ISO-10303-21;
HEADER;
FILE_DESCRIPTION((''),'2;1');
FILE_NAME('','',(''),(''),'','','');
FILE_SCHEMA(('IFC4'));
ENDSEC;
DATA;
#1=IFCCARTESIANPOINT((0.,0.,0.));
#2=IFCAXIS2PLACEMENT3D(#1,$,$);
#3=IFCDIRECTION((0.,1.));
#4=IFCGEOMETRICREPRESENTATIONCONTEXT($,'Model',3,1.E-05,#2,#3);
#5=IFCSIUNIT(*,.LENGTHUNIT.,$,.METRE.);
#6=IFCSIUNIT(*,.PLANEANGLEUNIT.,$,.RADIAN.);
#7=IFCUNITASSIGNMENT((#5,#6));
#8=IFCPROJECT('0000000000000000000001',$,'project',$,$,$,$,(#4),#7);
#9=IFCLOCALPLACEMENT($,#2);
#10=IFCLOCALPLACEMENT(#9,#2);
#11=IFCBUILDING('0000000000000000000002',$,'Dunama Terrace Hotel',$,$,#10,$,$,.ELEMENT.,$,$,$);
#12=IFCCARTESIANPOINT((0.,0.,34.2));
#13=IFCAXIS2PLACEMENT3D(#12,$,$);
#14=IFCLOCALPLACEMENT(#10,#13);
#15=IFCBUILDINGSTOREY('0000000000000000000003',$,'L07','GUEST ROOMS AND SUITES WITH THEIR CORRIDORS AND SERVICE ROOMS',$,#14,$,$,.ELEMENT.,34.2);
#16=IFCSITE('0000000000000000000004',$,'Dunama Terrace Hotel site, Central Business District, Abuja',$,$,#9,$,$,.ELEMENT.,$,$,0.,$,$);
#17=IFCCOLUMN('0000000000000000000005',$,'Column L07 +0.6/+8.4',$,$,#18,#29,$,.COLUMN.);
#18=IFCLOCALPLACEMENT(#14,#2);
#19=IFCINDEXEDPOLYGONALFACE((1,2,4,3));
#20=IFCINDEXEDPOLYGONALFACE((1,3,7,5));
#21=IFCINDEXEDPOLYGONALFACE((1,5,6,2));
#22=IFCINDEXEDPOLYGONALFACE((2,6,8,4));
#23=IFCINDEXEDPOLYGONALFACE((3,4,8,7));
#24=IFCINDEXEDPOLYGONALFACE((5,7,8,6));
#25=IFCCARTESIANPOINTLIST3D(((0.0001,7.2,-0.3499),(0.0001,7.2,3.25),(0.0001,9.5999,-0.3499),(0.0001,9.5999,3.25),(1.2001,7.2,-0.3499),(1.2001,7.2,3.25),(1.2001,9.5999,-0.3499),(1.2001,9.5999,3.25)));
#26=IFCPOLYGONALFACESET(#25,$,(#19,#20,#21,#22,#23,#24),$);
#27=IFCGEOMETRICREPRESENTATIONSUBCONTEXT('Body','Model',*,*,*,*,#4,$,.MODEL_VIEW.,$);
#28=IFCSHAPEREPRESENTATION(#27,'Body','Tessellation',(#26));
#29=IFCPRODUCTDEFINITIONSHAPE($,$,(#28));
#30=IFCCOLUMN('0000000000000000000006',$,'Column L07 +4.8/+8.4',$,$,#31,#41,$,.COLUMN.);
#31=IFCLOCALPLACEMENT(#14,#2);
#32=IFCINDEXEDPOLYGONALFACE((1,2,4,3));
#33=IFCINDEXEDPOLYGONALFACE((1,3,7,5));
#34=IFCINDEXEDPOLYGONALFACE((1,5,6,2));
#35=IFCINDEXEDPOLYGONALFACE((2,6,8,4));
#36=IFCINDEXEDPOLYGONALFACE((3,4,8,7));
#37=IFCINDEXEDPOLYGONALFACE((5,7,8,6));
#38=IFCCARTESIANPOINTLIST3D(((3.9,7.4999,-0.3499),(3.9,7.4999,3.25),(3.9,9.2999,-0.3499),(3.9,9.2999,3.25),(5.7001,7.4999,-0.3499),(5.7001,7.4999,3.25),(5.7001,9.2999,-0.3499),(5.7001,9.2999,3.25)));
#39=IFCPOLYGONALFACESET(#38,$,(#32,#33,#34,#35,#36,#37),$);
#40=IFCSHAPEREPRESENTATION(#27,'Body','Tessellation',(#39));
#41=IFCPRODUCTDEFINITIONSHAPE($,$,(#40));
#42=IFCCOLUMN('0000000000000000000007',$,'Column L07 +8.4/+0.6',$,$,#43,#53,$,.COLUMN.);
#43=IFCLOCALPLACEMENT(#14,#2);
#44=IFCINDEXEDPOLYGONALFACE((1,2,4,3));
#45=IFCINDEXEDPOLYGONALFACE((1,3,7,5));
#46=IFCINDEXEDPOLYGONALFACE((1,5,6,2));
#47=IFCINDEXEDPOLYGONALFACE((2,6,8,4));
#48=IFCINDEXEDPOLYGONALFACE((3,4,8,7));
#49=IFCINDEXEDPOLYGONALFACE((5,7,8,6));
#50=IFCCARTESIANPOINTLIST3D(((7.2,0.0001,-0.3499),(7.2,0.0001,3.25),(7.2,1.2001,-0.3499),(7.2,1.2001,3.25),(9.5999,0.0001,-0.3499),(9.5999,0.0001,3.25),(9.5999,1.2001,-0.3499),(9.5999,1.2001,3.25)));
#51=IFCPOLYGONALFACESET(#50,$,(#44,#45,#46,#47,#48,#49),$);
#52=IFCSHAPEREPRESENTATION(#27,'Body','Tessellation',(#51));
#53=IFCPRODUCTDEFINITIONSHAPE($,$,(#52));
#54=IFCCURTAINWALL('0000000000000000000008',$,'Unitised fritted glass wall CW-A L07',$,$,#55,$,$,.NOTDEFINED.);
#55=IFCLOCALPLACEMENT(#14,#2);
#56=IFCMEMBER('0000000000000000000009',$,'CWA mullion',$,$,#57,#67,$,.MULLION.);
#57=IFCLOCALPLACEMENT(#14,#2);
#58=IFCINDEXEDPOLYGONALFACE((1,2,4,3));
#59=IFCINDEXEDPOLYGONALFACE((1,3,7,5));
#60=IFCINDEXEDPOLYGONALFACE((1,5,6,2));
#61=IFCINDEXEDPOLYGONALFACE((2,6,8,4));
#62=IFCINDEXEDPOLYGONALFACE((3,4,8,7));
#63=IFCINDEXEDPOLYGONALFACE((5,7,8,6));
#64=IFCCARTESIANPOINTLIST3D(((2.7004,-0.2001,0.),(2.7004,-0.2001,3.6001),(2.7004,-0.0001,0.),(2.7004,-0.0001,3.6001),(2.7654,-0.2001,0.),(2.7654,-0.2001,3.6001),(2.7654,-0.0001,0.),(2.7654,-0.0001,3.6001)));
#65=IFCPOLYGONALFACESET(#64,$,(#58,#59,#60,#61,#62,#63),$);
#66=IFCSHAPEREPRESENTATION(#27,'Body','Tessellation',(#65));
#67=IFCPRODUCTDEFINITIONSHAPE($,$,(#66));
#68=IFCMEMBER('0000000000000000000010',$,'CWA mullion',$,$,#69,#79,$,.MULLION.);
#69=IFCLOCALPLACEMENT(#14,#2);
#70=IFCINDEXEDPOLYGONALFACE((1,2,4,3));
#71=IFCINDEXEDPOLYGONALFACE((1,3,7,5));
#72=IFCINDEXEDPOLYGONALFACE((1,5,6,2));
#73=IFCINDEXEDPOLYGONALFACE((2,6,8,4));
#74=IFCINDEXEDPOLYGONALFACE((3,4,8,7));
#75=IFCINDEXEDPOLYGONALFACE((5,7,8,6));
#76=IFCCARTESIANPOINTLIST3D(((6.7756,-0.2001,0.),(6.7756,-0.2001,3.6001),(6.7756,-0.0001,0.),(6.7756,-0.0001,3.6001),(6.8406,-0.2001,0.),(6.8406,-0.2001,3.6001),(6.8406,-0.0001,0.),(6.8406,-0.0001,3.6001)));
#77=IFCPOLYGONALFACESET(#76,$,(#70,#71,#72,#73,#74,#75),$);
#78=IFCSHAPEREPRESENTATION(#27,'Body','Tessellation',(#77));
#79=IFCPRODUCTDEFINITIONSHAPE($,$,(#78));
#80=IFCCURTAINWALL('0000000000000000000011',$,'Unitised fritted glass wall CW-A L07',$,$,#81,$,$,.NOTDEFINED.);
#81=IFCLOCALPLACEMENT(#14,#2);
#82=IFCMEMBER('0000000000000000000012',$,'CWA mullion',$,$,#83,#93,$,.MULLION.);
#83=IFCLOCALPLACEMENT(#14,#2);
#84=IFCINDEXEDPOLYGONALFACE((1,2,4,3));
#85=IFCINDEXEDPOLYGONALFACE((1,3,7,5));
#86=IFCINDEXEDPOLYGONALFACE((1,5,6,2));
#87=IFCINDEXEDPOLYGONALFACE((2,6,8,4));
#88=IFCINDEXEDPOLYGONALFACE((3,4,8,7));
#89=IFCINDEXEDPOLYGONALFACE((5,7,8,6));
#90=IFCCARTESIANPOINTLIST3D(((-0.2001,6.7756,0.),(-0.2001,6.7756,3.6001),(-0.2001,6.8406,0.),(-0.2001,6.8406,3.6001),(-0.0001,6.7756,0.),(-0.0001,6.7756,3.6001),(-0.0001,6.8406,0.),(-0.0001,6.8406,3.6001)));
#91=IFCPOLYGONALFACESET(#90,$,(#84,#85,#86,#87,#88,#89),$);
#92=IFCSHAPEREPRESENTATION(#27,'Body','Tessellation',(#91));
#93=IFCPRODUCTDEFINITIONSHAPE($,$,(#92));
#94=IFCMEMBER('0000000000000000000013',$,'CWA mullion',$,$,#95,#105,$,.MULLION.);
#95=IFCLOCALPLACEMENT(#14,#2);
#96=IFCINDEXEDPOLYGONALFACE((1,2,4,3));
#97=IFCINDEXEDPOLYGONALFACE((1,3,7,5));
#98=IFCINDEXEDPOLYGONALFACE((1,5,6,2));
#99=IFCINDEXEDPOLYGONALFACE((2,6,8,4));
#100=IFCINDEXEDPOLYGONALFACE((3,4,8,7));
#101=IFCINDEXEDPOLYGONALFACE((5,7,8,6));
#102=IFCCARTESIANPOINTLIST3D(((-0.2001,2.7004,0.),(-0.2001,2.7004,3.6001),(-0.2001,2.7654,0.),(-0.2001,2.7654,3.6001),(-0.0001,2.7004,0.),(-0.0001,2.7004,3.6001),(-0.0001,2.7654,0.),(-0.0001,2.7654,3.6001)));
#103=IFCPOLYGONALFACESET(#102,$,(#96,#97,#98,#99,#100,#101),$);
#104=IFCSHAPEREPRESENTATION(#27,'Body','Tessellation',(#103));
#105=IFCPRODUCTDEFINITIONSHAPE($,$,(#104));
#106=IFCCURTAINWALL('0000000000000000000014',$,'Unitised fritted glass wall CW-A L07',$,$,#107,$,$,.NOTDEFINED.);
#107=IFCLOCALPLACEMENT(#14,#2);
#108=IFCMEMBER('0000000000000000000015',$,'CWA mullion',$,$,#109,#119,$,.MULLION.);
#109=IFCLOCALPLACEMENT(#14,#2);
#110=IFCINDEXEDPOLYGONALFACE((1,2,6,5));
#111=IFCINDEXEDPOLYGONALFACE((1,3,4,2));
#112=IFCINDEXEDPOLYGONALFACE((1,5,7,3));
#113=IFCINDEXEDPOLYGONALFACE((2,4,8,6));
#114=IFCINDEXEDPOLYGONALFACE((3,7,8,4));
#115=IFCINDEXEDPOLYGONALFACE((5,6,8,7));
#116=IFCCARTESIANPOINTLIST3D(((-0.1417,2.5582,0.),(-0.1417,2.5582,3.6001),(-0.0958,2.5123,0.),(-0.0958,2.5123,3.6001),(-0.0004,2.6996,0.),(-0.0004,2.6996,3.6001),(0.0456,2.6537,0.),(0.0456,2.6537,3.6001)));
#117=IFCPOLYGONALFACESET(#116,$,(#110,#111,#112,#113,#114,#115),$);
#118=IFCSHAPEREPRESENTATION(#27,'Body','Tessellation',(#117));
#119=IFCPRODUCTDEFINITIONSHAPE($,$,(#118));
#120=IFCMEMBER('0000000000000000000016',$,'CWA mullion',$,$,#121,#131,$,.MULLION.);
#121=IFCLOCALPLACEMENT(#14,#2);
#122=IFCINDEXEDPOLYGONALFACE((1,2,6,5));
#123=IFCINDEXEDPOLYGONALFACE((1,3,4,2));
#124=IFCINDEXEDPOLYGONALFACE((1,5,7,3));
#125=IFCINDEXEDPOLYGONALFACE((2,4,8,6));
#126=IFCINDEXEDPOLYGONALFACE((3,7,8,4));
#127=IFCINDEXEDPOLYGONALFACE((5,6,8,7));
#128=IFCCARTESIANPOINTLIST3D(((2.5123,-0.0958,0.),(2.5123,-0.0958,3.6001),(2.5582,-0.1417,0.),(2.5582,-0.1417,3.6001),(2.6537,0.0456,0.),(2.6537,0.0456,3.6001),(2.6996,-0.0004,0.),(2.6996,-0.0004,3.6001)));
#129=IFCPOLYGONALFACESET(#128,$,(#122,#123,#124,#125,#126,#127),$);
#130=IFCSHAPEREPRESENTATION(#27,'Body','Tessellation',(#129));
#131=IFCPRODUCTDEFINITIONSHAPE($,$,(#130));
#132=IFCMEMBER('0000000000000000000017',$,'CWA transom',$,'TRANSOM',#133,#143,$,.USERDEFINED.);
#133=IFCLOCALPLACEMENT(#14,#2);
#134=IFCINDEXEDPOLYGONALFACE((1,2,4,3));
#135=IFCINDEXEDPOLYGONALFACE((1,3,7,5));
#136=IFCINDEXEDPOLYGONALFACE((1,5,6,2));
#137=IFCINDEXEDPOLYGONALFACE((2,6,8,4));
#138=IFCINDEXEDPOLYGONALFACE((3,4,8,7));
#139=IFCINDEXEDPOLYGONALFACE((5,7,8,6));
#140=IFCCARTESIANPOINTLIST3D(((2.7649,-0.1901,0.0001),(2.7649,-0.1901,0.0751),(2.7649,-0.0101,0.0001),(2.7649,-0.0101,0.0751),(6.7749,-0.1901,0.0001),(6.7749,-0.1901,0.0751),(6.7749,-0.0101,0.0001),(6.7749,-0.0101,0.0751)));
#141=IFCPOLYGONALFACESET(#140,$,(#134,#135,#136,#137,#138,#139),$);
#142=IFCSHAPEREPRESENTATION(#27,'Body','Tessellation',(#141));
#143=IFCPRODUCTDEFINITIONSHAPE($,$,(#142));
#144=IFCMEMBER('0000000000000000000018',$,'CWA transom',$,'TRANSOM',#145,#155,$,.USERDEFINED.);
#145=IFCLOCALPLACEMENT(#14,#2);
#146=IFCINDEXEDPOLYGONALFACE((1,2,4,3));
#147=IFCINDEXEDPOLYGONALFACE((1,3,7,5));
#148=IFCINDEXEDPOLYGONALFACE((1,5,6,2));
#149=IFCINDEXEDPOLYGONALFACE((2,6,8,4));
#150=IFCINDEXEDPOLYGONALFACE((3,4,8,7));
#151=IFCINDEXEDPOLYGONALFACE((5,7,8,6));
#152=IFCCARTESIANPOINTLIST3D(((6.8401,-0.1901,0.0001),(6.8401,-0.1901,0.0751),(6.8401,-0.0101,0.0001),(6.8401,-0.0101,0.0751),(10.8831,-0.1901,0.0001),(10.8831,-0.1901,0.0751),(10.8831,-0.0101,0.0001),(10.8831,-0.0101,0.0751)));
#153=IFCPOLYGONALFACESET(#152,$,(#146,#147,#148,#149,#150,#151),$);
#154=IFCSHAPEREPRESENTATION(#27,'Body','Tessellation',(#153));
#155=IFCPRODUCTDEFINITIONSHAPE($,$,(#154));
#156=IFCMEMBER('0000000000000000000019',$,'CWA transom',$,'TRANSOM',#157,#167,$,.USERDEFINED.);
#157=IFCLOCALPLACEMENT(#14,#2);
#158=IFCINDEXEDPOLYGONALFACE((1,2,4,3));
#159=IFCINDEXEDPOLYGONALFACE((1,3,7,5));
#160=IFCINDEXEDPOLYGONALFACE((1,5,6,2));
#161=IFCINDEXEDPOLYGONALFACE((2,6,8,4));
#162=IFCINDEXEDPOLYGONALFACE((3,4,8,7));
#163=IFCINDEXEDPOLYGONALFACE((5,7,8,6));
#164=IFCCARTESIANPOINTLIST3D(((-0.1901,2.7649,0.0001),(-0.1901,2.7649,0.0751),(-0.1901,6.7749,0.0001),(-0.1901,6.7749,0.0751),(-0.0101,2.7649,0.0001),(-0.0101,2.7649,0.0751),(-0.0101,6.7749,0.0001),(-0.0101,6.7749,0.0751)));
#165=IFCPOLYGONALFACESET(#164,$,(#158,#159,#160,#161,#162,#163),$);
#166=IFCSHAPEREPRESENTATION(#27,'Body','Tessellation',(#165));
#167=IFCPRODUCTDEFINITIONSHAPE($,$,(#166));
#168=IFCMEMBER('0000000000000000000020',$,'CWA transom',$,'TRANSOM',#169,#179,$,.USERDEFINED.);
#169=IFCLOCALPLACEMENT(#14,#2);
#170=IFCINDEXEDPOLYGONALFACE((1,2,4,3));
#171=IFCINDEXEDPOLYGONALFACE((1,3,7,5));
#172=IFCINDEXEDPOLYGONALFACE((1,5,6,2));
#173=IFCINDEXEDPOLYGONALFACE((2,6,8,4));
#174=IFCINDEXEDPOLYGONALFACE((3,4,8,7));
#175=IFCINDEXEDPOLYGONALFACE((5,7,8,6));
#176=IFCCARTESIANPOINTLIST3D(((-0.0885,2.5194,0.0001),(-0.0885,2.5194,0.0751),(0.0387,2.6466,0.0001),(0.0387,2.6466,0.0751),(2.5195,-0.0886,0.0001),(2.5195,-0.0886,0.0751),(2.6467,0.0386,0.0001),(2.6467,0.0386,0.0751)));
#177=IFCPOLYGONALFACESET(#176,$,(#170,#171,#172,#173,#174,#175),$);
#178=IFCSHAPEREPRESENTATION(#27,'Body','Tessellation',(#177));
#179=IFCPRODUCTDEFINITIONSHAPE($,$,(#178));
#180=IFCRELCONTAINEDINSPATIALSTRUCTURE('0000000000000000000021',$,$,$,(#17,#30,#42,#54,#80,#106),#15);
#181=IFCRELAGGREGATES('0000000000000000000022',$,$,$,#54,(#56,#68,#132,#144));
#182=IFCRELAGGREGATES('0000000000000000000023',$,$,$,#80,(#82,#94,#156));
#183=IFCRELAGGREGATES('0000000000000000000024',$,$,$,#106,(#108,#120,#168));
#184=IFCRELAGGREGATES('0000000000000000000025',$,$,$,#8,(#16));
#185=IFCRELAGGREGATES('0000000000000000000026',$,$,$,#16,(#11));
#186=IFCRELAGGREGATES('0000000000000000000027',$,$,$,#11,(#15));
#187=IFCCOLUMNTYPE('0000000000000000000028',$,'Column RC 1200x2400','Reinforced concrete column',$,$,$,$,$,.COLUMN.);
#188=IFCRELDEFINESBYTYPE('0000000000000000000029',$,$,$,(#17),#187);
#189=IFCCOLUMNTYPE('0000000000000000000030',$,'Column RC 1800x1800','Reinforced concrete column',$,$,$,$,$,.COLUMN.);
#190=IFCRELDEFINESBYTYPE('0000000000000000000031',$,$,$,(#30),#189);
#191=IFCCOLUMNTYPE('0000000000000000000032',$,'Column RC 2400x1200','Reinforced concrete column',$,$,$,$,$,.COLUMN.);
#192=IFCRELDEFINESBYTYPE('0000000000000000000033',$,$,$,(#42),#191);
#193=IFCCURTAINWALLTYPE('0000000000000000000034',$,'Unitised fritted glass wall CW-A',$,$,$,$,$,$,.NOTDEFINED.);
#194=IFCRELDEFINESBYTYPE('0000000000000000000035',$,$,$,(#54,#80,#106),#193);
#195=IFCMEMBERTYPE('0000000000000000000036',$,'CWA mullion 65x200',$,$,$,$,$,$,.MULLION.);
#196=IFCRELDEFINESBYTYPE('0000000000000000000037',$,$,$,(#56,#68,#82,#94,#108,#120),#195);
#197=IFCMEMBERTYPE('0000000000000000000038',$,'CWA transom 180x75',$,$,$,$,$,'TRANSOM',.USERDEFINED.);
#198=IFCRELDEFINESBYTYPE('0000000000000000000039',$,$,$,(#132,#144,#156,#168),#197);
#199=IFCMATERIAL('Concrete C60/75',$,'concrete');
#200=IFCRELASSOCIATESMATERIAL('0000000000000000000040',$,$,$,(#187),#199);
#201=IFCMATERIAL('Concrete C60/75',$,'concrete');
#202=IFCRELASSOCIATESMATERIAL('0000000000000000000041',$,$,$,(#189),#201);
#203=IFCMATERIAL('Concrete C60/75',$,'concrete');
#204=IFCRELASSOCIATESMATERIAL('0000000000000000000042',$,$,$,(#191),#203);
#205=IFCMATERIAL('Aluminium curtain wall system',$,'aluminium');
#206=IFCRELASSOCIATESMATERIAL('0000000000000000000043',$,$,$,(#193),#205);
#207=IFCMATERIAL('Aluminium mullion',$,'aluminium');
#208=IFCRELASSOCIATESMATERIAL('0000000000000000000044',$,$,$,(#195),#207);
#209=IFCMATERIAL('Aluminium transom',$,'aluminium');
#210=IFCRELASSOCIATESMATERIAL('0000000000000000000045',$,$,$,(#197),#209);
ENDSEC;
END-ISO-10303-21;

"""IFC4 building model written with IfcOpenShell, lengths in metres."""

from ifc_helpers import new_model, si_unit, direction, frame, origin, origin_2d, place, context, subcontext, project, spatial, rectangle, extrude, material, material_profile, profile_set, type_object, element, aggregate, save


model = new_model("IFC4")

# Units and contexts
model_context = context("Model", 3, precision=1e-05, world=origin(), true_north=direction((0.0, 1.0)))
body_context = subcontext(model_context, "Body", "Model", "MODEL_VIEW")
ifc_project = project(units=[si_unit("LENGTHUNIT", "METRE"), si_unit("PLANEANGLEUNIT", "RADIAN")], contexts=[model_context])

# Site, building, storey
site_placement = place(None, origin())
site = spatial("IfcSite", under=ifc_project, at=site_placement, Name="Dunama Terrace Hotel site, Central Business District, Abuja", CompositionType="ELEMENT", RefElevation=0.0)
building_placement = place(site_placement, origin())
building = spatial("IfcBuilding", under=site, at=building_placement, Name="Dunama Terrace Hotel", CompositionType="ELEMENT")
storey_placement = place(building_placement, frame((0.0, 0.0, 34.2)))
storey = spatial("IfcBuildingStorey", under=building, at=storey_placement, Name="L07", Description="GUEST ROOMS AND SUITES WITH THEIR CORRIDORS AND SERVICE ROOMS", CompositionType="ELEMENT", Elevation=34.2)

# Columns
ifc_material_1 = material(Name="Concrete C60/75", Category="concrete")
ifc_material_profile_1 = material_profile(ifc_material_1, rectangle(XDim=1.2, YDim=2.3999, at=origin_2d()), Name="RC 1200x2400")
ifc_profile_set_1 = profile_set([ifc_material_profile_1], Name="Concrete C60/75")
column_type_1 = type_object("IfcColumnType", Name="Column RC 1200x2400", Description="Reinforced concrete column", PredefinedType="COLUMN", material=ifc_profile_set_1)
column_1_placement = place(storey_placement, frame((0.6001, 8.3999, -0.3499), z_axis=(0.0, 0.0, 1.0), x_axis=(1.0, 0.0, 0.0)))
element("IfcColumn", 1, at=column_1_placement, inside=storey, type_object=column_type_1, Name="Column L07 +0.6/+8.4", PredefinedType="COLUMN", context=body_context, shape_type="SweptSolid", body=[
    extrude(rectangle(XDim=1.2, YDim=2.3999, at=origin_2d()), origin(), (0.0, 0.0, 1.0), 3.5999),
])
ifc_material_2 = material(Name="Concrete C60/75", Category="concrete")
ifc_material_profile_2 = material_profile(ifc_material_2, rectangle(XDim=1.8, YDim=1.8, at=origin_2d()), Name="RC 1800x1800")
ifc_profile_set_2 = profile_set([ifc_material_profile_2], Name="Concrete C60/75")
column_type_2 = type_object("IfcColumnType", Name="Column RC 1800x1800", Description="Reinforced concrete column", PredefinedType="COLUMN", material=ifc_profile_set_2)
column_2_placement = place(storey_placement, frame((4.8, 8.3999, -0.3499), z_axis=(0.0, 0.0, 1.0), x_axis=(1.0, 0.0, 0.0)))
element("IfcColumn", 2, at=column_2_placement, inside=storey, type_object=column_type_2, Name="Column L07 +4.8/+8.4", PredefinedType="COLUMN", context=body_context, shape_type="SweptSolid", body=[
    extrude(rectangle(XDim=1.8, YDim=1.8, at=origin_2d()), origin(), (0.0, 0.0, 1.0), 3.5999),
])
ifc_material_3 = material(Name="Concrete C60/75", Category="concrete")
ifc_material_profile_3 = material_profile(ifc_material_3, rectangle(XDim=2.3999, YDim=1.2, at=origin_2d()), Name="RC 2400x1200")
ifc_profile_set_3 = profile_set([ifc_material_profile_3], Name="Concrete C60/75")
column_type_3 = type_object("IfcColumnType", Name="Column RC 2400x1200", Description="Reinforced concrete column", PredefinedType="COLUMN", material=ifc_profile_set_3)
column_3_placement = place(storey_placement, frame((8.3999, 0.6001, -0.3499), z_axis=(0.0, 0.0, 1.0), x_axis=(1.0, 0.0, 0.0)))
element("IfcColumn", 3, at=column_3_placement, inside=storey, type_object=column_type_3, Name="Column L07 +8.4/+0.6", PredefinedType="COLUMN", context=body_context, shape_type="SweptSolid", body=[
    extrude(rectangle(XDim=2.3999, YDim=1.2, at=origin_2d()), origin(), (0.0, 0.0, 1.0), 3.5999),
])

# Curtain walls, members
ifc_material_4 = material(Name="Aluminium curtain wall system", Category="aluminium")
curtain_wall_type = type_object("IfcCurtainWallType", Name="Unitised fritted glass wall CW-A", PredefinedType="NOTDEFINED", material=ifc_material_4)
curtain_wall_1_placement = place(storey_placement, origin())
curtain_wall_1 = element("IfcCurtainWall", 4, at=curtain_wall_1_placement, inside=storey, type_object=curtain_wall_type, Name="Unitised fritted glass wall CW-A L07", PredefinedType="NOTDEFINED")
ifc_material_5 = material(Name="Aluminium mullion", Category="aluminium")
ifc_material_profile_4 = material_profile(ifc_material_5, rectangle(XDim=0.0649, YDim=0.2, at=origin_2d()), Name="CWA MULLION 65X200")
ifc_profile_set_4 = profile_set([ifc_material_profile_4], Name="Aluminium mullion")
member_type_1 = type_object("IfcMemberType", Name="CWA mullion 65x200", PredefinedType="MULLION", material=ifc_profile_set_4)
member_1_placement = place(storey_placement, frame((2.7329, -0.1001, 0.0), z_axis=(0.0, 0.0, 1.0), x_axis=(1.0, 0.0, 0.0)))
member_1 = element("IfcMember", 5, at=member_1_placement, type_object=member_type_1, Name="CWA mullion", PredefinedType="MULLION", context=body_context, shape_type="SweptSolid", body=[
    extrude(rectangle(XDim=0.0649, YDim=0.2, at=origin_2d()), origin(), (0.0, 0.0, 1.0), 3.6001),
])
member_2_placement = place(storey_placement, frame((6.8081, -0.1001, 0.0), z_axis=(0.0, 0.0, 1.0), x_axis=(1.0, 0.0, 0.0)))
member_2 = element("IfcMember", 6, at=member_2_placement, type_object=member_type_1, Name="CWA mullion", PredefinedType="MULLION", context=body_context, shape_type="SweptSolid", body=[
    extrude(rectangle(XDim=0.0649, YDim=0.2, at=origin_2d()), origin(), (0.0, 0.0, 1.0), 3.6001),
])
curtain_wall_2_placement = place(storey_placement, origin())
curtain_wall_2 = element("IfcCurtainWall", 7, at=curtain_wall_2_placement, inside=storey, type_object=curtain_wall_type, Name="Unitised fritted glass wall CW-A L07", PredefinedType="NOTDEFINED")
member_3_placement = place(storey_placement, frame((-0.1001, 6.8081, 0.0), z_axis=(0.0, 0.0, 1.0), x_axis=(0.0, -1.0, 0.0)))
member_3 = element("IfcMember", 8, at=member_3_placement, type_object=member_type_1, Name="CWA mullion", PredefinedType="MULLION", context=body_context, shape_type="SweptSolid", body=[
    extrude(rectangle(XDim=0.0649, YDim=0.2, at=origin_2d()), origin(), (0.0, 0.0, 1.0), 3.6001),
])
member_4_placement = place(storey_placement, frame((-0.1001, 2.7329, 0.0), z_axis=(0.0, 0.0, 1.0), x_axis=(0.0, -1.0, 0.0)))
member_4 = element("IfcMember", 9, at=member_4_placement, type_object=member_type_1, Name="CWA mullion", PredefinedType="MULLION", context=body_context, shape_type="SweptSolid", body=[
    extrude(rectangle(XDim=0.0649, YDim=0.2, at=origin_2d()), origin(), (0.0, 0.0, 1.0), 3.6001),
])
curtain_wall_3_placement = place(storey_placement, origin())
curtain_wall_3 = element("IfcCurtainWall", 10, at=curtain_wall_3_placement, inside=storey, type_object=curtain_wall_type, Name="Unitised fritted glass wall CW-A L07", PredefinedType="NOTDEFINED")
member_5_placement = place(storey_placement, frame((-0.0481, 2.606, 0.0), z_axis=(0.0, 0.0, 1.0), x_axis=(0.707107, -0.707107, 0.0)))
member_5 = element("IfcMember", 11, at=member_5_placement, type_object=member_type_1, Name="CWA mullion", PredefinedType="MULLION", context=body_context, shape_type="SweptSolid", body=[
    extrude(rectangle(XDim=0.0649, YDim=0.2, at=origin_2d()), origin(), (0.0, 0.0, 1.0), 3.6001),
])
member_6_placement = place(storey_placement, frame((2.606, -0.0481, 0.0), z_axis=(0.0, 0.0, 1.0), x_axis=(0.707107, -0.707107, 0.0)))
member_6 = element("IfcMember", 12, at=member_6_placement, type_object=member_type_1, Name="CWA mullion", PredefinedType="MULLION", context=body_context, shape_type="SweptSolid", body=[
    extrude(rectangle(XDim=0.0649, YDim=0.2, at=origin_2d()), origin(), (0.0, 0.0, 1.0), 3.6001),
])

# Members
ifc_material_6 = material(Name="Aluminium transom", Category="aluminium")
ifc_material_profile_5 = material_profile(ifc_material_6, rectangle(XDim=0.1799, YDim=0.075, at=origin_2d()), Name="CWA TRANSOM 180X75")
ifc_profile_set_5 = profile_set([ifc_material_profile_5], Name="Aluminium transom")
member_type_2 = type_object("IfcMemberType", Name="CWA transom 180x75", ElementType="TRANSOM", PredefinedType="USERDEFINED", material=ifc_profile_set_5)
member_7_placement = place(storey_placement, frame((2.7649, -0.1001, 0.0376), z_axis=(1.0, 0.0, 0.0), x_axis=(0.0, 1.0, 0.0)))
member_7 = element("IfcMember", 13, at=member_7_placement, type_object=member_type_2, Name="CWA transom", ObjectType="TRANSOM", PredefinedType="USERDEFINED", context=body_context, shape_type="SweptSolid", body=[
    extrude(rectangle(XDim=0.1799, YDim=0.075, at=origin_2d()), origin(), (0.0, 0.0, 1.0), 4.01),
])
member_8_placement = place(storey_placement, frame((6.8401, -0.1001, 0.0376), z_axis=(1.0, 0.0, 0.0), x_axis=(0.0, 1.0, 0.0)))
member_8 = element("IfcMember", 14, at=member_8_placement, type_object=member_type_2, Name="CWA transom", ObjectType="TRANSOM", PredefinedType="USERDEFINED", context=body_context, shape_type="SweptSolid", body=[
    extrude(rectangle(XDim=0.1799, YDim=0.075, at=origin_2d()), origin(), (0.0, 0.0, 1.0), 4.043),
])
member_9_placement = place(storey_placement, frame((-0.1001, 6.7749, 0.0376), z_axis=(0.0, -1.0, 0.0), x_axis=(1.0, 0.0, 0.0)))
member_9 = element("IfcMember", 15, at=member_9_placement, type_object=member_type_2, Name="CWA transom", ObjectType="TRANSOM", PredefinedType="USERDEFINED", context=body_context, shape_type="SweptSolid", body=[
    extrude(rectangle(XDim=0.1799, YDim=0.075, at=origin_2d()), origin(), (0.0, 0.0, 1.0), 4.01),
])
member_10_placement = place(storey_placement, frame((-0.0249, 2.583, 0.0376), z_axis=(0.707107, -0.707107, 0.0), x_axis=(0.707107, 0.707107, 0.0)))
member_10 = element("IfcMember", 16, at=member_10_placement, type_object=member_type_2, Name="CWA transom", ObjectType="TRANSOM", PredefinedType="USERDEFINED", context=body_context, shape_type="SweptSolid", body=[
    extrude(rectangle(XDim=0.1799, YDim=0.075, at=origin_2d()), origin(), (0.0, 0.0, 1.0), 3.6882),
])

aggregate(curtain_wall_1, [member_1, member_2, member_7, member_8])
aggregate(curtain_wall_2, [member_3, member_4, member_9])
aggregate(curtain_wall_3, [member_5, member_6, member_10])

save(model, "model.ifc")
